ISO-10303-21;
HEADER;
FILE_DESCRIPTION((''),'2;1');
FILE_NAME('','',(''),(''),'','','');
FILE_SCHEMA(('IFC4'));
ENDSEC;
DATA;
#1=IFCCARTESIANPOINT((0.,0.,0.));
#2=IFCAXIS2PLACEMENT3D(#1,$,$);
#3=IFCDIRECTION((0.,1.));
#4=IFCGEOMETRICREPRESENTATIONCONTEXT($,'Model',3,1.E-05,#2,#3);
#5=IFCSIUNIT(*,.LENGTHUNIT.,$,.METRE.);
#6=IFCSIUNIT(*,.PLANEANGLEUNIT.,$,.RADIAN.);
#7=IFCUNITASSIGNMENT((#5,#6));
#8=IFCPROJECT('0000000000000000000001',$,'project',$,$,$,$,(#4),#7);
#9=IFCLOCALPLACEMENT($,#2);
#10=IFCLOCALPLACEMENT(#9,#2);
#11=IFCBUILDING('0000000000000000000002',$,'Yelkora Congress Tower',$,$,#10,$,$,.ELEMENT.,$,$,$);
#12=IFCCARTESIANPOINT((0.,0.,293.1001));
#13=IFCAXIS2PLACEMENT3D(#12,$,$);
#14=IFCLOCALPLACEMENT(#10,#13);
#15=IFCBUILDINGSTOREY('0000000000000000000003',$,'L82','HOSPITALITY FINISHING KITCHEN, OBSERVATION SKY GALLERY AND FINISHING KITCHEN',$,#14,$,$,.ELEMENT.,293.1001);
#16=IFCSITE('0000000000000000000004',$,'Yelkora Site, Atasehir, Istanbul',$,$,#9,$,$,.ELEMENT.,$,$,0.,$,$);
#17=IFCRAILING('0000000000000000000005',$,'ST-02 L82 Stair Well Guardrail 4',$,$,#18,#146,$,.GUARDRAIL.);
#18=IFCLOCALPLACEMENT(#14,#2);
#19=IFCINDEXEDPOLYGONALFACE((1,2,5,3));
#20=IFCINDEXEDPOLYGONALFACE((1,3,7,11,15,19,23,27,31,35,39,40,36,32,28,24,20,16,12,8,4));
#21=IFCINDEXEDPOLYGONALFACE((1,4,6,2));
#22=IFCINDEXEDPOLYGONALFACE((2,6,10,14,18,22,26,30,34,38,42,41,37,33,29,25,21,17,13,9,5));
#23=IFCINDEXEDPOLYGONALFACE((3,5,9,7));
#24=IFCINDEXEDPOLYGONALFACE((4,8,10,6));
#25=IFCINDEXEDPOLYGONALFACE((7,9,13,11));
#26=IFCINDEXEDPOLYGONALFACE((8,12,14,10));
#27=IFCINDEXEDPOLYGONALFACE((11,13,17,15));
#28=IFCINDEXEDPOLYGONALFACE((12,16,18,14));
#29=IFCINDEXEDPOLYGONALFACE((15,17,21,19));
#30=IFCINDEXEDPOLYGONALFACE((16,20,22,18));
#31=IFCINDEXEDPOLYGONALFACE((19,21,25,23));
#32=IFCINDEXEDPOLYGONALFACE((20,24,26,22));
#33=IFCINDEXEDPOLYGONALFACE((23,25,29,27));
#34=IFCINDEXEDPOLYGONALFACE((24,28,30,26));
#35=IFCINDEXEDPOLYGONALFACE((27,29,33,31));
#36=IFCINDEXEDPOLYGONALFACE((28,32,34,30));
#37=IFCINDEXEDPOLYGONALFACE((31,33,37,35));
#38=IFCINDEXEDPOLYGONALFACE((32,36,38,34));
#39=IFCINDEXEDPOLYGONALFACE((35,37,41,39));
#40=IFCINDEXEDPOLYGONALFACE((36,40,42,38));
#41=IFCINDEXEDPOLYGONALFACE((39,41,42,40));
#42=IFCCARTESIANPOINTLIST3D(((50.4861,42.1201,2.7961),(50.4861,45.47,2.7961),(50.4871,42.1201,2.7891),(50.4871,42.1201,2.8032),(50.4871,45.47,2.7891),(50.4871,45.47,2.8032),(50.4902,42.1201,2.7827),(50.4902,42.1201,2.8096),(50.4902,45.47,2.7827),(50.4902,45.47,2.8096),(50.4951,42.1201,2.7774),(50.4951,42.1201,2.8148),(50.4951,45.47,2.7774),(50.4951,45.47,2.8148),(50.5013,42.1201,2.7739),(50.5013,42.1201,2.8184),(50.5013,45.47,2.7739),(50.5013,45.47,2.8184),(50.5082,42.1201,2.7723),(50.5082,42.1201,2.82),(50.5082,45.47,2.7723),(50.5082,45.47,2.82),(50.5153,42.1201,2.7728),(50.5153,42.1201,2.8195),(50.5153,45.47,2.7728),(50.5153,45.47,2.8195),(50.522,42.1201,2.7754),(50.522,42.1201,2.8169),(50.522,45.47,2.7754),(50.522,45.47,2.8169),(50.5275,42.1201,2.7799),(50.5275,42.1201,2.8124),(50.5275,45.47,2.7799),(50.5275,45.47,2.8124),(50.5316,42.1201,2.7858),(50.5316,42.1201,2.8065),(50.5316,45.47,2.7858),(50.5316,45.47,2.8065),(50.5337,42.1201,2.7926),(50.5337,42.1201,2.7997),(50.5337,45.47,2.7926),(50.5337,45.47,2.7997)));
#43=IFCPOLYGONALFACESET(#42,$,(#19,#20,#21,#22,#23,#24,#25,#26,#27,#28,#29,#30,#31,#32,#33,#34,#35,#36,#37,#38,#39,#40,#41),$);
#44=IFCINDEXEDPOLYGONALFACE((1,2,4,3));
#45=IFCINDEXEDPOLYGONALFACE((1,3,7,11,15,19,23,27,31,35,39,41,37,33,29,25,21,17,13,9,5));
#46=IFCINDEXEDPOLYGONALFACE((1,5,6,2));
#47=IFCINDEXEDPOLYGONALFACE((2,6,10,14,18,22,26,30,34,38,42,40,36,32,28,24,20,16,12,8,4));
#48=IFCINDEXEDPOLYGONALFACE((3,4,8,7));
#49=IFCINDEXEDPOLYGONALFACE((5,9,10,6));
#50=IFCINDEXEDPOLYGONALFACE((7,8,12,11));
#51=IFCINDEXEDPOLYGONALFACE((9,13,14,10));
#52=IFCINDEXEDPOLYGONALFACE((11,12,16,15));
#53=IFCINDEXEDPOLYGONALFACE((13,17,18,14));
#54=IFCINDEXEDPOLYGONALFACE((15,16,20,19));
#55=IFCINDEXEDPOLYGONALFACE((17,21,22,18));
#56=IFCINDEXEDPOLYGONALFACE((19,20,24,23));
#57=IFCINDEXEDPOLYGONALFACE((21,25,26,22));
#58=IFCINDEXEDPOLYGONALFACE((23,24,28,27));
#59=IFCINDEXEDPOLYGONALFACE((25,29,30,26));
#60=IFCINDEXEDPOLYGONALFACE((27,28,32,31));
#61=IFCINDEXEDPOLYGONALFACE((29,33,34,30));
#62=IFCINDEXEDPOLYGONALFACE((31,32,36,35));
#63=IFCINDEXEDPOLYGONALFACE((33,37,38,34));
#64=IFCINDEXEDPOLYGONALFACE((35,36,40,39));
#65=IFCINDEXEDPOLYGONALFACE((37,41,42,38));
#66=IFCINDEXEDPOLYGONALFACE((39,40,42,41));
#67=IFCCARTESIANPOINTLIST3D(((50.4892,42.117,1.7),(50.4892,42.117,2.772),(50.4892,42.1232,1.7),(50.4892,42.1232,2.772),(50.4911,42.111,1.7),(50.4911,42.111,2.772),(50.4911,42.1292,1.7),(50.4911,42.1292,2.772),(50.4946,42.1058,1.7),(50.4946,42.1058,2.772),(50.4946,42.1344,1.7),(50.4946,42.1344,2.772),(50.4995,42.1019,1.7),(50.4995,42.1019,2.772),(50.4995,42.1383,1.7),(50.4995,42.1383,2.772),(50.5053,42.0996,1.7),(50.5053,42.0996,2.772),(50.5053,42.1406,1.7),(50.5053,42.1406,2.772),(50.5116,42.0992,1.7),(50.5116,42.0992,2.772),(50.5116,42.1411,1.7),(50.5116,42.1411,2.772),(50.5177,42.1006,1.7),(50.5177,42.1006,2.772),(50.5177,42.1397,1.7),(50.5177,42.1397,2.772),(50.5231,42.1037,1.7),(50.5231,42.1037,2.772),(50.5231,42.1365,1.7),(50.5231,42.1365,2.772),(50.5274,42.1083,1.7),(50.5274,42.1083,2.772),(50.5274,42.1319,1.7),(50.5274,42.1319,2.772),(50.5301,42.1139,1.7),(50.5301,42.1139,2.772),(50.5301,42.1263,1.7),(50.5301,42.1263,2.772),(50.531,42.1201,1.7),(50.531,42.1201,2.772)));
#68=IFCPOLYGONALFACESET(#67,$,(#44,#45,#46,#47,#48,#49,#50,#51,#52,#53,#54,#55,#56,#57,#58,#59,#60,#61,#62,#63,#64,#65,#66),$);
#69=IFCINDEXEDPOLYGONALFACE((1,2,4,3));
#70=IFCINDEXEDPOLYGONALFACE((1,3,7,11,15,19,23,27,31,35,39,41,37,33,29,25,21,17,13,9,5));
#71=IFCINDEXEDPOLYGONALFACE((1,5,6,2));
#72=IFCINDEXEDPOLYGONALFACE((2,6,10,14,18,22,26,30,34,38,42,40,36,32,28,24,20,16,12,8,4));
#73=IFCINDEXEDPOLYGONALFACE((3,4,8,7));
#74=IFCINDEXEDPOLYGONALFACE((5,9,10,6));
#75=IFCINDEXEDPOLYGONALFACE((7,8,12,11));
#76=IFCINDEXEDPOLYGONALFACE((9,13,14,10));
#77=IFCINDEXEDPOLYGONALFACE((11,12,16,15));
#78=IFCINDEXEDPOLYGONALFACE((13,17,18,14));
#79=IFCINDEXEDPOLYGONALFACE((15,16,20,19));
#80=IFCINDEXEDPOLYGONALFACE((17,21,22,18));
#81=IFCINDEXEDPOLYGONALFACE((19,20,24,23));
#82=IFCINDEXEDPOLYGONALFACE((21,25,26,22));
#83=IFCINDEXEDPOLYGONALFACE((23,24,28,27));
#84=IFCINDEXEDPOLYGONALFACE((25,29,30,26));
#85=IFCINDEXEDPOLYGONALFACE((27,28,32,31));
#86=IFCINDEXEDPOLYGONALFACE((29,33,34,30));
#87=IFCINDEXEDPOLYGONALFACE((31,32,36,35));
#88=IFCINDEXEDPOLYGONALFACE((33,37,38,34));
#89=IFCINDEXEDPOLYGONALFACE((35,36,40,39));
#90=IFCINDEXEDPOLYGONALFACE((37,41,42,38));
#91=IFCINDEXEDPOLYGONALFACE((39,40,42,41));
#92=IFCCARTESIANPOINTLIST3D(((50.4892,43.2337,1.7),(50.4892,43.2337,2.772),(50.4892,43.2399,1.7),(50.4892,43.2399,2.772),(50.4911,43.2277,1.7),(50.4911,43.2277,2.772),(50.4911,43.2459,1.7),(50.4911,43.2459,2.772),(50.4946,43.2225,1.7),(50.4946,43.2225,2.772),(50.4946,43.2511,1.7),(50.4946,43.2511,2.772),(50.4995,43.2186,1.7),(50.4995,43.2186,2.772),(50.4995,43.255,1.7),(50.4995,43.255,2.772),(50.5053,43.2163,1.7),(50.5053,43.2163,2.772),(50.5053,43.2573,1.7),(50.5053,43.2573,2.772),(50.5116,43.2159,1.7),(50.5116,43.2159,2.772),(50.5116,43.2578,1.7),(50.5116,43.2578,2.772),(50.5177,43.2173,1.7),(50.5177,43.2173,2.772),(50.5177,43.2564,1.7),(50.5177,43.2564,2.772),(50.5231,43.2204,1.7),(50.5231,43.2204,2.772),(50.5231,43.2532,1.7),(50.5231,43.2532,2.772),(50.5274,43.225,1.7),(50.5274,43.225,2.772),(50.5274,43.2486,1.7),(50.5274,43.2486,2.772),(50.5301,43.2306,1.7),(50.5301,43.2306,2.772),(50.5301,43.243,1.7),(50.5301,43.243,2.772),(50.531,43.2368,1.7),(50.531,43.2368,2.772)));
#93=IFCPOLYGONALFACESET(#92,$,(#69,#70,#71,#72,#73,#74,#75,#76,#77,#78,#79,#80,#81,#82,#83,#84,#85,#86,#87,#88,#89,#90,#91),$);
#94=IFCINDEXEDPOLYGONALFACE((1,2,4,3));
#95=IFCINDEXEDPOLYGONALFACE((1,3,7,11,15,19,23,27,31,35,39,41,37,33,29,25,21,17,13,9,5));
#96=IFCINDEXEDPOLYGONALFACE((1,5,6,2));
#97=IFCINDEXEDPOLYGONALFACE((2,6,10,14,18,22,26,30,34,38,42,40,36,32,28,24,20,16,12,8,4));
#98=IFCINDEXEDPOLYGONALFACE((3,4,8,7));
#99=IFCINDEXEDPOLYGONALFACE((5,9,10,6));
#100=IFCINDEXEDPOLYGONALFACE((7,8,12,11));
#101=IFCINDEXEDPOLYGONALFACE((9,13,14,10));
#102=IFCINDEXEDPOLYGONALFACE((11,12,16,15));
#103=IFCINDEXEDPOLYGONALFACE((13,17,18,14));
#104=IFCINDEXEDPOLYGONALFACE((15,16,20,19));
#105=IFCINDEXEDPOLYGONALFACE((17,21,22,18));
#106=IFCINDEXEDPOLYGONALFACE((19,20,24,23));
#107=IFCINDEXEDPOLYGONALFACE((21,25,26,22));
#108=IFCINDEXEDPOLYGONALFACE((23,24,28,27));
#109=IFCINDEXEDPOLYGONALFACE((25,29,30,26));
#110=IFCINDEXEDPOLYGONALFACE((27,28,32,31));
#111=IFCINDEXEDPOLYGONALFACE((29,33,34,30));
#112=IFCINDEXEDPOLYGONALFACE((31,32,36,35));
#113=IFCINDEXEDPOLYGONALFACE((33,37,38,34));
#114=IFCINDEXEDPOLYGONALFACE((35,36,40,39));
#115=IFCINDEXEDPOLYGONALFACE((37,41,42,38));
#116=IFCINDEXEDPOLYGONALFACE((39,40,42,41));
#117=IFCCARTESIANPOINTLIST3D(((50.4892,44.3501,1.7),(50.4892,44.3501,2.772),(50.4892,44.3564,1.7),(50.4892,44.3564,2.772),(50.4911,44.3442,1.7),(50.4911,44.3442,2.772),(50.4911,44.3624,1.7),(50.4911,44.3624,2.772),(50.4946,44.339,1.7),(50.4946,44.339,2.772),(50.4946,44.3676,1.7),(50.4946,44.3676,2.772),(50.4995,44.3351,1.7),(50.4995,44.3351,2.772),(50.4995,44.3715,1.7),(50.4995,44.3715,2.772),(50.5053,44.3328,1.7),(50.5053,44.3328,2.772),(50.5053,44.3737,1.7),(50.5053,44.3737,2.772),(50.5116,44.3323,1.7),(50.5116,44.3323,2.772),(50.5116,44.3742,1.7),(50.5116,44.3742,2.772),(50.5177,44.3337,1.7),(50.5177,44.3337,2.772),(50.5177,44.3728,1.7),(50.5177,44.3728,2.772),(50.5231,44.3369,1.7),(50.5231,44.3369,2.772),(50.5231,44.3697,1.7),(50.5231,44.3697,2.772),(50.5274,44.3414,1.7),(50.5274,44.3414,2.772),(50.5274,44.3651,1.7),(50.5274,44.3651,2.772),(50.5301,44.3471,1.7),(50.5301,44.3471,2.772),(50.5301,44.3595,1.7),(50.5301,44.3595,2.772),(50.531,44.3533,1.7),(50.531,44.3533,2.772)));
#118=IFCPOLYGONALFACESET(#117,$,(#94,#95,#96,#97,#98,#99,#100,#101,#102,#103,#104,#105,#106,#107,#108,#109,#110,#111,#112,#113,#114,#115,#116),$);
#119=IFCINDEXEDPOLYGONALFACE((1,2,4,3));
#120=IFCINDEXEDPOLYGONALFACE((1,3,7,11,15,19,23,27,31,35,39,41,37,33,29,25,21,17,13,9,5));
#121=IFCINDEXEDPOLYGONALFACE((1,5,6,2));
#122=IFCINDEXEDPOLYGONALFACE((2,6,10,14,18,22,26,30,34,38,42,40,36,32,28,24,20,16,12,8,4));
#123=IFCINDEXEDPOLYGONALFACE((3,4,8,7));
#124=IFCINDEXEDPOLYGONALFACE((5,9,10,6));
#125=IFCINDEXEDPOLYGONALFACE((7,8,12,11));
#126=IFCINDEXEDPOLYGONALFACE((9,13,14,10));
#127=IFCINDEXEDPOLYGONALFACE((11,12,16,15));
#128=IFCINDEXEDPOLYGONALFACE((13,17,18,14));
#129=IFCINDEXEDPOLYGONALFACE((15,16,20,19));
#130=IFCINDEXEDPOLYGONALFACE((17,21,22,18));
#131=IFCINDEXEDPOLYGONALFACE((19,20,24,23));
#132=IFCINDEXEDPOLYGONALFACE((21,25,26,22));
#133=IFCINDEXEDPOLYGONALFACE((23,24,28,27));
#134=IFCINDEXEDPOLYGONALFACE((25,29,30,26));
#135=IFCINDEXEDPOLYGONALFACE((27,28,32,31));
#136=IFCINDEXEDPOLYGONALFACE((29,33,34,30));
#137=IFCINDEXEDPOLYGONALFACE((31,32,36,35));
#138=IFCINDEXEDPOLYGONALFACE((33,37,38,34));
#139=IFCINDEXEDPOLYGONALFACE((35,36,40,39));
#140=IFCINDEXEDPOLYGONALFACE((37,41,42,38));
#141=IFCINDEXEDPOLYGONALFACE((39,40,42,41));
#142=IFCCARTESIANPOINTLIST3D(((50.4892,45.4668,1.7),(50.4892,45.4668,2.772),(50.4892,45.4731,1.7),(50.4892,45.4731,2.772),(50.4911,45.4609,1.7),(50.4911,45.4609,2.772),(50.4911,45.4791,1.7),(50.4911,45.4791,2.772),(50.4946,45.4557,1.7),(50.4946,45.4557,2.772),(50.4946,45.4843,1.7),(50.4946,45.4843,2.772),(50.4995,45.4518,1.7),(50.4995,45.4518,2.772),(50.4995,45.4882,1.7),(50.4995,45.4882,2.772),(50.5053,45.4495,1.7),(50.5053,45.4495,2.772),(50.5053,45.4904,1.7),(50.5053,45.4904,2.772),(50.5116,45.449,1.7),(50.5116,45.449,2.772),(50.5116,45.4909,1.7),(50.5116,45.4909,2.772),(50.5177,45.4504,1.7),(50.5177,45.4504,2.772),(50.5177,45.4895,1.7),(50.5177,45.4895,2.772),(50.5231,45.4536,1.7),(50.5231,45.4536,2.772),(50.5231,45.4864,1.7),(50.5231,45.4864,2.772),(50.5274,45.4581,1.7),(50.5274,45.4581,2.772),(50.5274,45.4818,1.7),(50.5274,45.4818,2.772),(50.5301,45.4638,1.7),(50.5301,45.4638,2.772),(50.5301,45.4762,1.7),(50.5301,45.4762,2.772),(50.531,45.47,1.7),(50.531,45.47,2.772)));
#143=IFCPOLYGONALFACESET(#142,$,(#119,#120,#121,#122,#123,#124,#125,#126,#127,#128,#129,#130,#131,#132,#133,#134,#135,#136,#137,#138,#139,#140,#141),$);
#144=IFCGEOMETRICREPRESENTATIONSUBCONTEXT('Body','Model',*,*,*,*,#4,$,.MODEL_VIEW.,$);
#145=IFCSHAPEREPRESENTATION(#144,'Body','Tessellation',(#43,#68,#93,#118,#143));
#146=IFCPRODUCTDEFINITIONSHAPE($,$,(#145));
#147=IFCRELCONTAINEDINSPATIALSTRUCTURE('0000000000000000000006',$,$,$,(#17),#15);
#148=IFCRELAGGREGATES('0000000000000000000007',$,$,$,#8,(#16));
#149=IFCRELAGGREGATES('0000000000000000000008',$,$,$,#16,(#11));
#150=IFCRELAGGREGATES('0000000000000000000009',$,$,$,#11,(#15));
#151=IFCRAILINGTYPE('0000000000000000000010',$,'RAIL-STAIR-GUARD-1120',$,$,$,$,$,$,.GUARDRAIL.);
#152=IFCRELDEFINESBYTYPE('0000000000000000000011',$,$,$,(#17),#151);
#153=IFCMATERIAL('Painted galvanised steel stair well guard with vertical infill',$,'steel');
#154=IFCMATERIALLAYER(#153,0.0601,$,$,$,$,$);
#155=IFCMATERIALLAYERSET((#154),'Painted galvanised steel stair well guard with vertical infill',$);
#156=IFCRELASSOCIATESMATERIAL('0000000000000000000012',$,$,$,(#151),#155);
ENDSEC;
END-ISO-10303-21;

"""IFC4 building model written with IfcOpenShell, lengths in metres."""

from ifc_helpers import new_model, si_unit, direction, frame, origin, origin_2d, place, context, subcontext, project, spatial, circle, extrude, material, layer, layer_set, type_object, element, save


model = new_model("IFC4")

# Units and contexts
model_context = context("Model", 3, precision=1e-05, world=origin(), true_north=direction((0.0, 1.0)))
body_context = subcontext(model_context, "Body", "Model", "MODEL_VIEW")
ifc_project = project(units=[si_unit("LENGTHUNIT", "METRE"), si_unit("PLANEANGLEUNIT", "RADIAN")], contexts=[model_context])

# Site, building, storey
site_placement = place(None, origin())
site = spatial("IfcSite", under=ifc_project, at=site_placement, Name="Yelkora Site, Atasehir, Istanbul", CompositionType="ELEMENT", RefElevation=0.0)
building_placement = place(site_placement, origin())
building = spatial("IfcBuilding", under=site, at=building_placement, Name="Yelkora Congress Tower", CompositionType="ELEMENT")
storey_placement = place(building_placement, frame((0.0, 0.0, 293.1001)))
storey = spatial("IfcBuildingStorey", under=building, at=storey_placement, Name="L82", Description="HOSPITALITY FINISHING KITCHEN, OBSERVATION SKY GALLERY AND FINISHING KITCHEN", CompositionType="ELEMENT", Elevation=293.1001)

# Railing
ifc_material_1 = material(Name="Painted galvanised steel stair well guard with vertical infill", Category="steel")
ifc_layer_1 = layer(ifc_material_1, 0.0601)
ifc_layer_set_1 = layer_set([ifc_layer_1], Name="Painted galvanised steel stair well guard with vertical infill")
railing_type_1 = type_object("IfcRailingType", Name="RAIL-STAIR-GUARD-1120", PredefinedType="GUARDRAIL", material=ifc_layer_set_1)
railing_1_placement = place(storey_placement, frame((50.51, 42.1201, 1.7)))
element("IfcRailing", 1, at=railing_1_placement, inside=storey, type_object=railing_type_1, Name="ST-02 L82 Stair Well Guardrail 4", PredefinedType="GUARDRAIL", context=body_context, shape_type="SweptSolid", body=[
    extrude(circle(Radius=0.0239, at=origin_2d()), frame((0.0, 0.0, 1.0962), z_axis=(0.0, 1.0, 0.0), x_axis=(-1.0, 0.0, 0.0)), (0.0, 0.0, 1.0), 3.3499),
    extrude(circle(Radius=0.021, at=origin_2d()), origin(), (0.0, 0.0, 1.0), 1.072),
    extrude(circle(Radius=0.021, at=origin_2d()), frame((0.0, 1.1167, 0.0)), (0.0, 0.0, 1.0), 1.072),
    extrude(circle(Radius=0.021, at=origin_2d()), frame((0.0, 2.2332, 0.0)), (0.0, 0.0, 1.0), 1.072),
    extrude(circle(Radius=0.021, at=origin_2d()), frame((0.0, 3.3499, 0.0)), (0.0, 0.0, 1.0), 1.072),
])

save(model, "model.ifc")
